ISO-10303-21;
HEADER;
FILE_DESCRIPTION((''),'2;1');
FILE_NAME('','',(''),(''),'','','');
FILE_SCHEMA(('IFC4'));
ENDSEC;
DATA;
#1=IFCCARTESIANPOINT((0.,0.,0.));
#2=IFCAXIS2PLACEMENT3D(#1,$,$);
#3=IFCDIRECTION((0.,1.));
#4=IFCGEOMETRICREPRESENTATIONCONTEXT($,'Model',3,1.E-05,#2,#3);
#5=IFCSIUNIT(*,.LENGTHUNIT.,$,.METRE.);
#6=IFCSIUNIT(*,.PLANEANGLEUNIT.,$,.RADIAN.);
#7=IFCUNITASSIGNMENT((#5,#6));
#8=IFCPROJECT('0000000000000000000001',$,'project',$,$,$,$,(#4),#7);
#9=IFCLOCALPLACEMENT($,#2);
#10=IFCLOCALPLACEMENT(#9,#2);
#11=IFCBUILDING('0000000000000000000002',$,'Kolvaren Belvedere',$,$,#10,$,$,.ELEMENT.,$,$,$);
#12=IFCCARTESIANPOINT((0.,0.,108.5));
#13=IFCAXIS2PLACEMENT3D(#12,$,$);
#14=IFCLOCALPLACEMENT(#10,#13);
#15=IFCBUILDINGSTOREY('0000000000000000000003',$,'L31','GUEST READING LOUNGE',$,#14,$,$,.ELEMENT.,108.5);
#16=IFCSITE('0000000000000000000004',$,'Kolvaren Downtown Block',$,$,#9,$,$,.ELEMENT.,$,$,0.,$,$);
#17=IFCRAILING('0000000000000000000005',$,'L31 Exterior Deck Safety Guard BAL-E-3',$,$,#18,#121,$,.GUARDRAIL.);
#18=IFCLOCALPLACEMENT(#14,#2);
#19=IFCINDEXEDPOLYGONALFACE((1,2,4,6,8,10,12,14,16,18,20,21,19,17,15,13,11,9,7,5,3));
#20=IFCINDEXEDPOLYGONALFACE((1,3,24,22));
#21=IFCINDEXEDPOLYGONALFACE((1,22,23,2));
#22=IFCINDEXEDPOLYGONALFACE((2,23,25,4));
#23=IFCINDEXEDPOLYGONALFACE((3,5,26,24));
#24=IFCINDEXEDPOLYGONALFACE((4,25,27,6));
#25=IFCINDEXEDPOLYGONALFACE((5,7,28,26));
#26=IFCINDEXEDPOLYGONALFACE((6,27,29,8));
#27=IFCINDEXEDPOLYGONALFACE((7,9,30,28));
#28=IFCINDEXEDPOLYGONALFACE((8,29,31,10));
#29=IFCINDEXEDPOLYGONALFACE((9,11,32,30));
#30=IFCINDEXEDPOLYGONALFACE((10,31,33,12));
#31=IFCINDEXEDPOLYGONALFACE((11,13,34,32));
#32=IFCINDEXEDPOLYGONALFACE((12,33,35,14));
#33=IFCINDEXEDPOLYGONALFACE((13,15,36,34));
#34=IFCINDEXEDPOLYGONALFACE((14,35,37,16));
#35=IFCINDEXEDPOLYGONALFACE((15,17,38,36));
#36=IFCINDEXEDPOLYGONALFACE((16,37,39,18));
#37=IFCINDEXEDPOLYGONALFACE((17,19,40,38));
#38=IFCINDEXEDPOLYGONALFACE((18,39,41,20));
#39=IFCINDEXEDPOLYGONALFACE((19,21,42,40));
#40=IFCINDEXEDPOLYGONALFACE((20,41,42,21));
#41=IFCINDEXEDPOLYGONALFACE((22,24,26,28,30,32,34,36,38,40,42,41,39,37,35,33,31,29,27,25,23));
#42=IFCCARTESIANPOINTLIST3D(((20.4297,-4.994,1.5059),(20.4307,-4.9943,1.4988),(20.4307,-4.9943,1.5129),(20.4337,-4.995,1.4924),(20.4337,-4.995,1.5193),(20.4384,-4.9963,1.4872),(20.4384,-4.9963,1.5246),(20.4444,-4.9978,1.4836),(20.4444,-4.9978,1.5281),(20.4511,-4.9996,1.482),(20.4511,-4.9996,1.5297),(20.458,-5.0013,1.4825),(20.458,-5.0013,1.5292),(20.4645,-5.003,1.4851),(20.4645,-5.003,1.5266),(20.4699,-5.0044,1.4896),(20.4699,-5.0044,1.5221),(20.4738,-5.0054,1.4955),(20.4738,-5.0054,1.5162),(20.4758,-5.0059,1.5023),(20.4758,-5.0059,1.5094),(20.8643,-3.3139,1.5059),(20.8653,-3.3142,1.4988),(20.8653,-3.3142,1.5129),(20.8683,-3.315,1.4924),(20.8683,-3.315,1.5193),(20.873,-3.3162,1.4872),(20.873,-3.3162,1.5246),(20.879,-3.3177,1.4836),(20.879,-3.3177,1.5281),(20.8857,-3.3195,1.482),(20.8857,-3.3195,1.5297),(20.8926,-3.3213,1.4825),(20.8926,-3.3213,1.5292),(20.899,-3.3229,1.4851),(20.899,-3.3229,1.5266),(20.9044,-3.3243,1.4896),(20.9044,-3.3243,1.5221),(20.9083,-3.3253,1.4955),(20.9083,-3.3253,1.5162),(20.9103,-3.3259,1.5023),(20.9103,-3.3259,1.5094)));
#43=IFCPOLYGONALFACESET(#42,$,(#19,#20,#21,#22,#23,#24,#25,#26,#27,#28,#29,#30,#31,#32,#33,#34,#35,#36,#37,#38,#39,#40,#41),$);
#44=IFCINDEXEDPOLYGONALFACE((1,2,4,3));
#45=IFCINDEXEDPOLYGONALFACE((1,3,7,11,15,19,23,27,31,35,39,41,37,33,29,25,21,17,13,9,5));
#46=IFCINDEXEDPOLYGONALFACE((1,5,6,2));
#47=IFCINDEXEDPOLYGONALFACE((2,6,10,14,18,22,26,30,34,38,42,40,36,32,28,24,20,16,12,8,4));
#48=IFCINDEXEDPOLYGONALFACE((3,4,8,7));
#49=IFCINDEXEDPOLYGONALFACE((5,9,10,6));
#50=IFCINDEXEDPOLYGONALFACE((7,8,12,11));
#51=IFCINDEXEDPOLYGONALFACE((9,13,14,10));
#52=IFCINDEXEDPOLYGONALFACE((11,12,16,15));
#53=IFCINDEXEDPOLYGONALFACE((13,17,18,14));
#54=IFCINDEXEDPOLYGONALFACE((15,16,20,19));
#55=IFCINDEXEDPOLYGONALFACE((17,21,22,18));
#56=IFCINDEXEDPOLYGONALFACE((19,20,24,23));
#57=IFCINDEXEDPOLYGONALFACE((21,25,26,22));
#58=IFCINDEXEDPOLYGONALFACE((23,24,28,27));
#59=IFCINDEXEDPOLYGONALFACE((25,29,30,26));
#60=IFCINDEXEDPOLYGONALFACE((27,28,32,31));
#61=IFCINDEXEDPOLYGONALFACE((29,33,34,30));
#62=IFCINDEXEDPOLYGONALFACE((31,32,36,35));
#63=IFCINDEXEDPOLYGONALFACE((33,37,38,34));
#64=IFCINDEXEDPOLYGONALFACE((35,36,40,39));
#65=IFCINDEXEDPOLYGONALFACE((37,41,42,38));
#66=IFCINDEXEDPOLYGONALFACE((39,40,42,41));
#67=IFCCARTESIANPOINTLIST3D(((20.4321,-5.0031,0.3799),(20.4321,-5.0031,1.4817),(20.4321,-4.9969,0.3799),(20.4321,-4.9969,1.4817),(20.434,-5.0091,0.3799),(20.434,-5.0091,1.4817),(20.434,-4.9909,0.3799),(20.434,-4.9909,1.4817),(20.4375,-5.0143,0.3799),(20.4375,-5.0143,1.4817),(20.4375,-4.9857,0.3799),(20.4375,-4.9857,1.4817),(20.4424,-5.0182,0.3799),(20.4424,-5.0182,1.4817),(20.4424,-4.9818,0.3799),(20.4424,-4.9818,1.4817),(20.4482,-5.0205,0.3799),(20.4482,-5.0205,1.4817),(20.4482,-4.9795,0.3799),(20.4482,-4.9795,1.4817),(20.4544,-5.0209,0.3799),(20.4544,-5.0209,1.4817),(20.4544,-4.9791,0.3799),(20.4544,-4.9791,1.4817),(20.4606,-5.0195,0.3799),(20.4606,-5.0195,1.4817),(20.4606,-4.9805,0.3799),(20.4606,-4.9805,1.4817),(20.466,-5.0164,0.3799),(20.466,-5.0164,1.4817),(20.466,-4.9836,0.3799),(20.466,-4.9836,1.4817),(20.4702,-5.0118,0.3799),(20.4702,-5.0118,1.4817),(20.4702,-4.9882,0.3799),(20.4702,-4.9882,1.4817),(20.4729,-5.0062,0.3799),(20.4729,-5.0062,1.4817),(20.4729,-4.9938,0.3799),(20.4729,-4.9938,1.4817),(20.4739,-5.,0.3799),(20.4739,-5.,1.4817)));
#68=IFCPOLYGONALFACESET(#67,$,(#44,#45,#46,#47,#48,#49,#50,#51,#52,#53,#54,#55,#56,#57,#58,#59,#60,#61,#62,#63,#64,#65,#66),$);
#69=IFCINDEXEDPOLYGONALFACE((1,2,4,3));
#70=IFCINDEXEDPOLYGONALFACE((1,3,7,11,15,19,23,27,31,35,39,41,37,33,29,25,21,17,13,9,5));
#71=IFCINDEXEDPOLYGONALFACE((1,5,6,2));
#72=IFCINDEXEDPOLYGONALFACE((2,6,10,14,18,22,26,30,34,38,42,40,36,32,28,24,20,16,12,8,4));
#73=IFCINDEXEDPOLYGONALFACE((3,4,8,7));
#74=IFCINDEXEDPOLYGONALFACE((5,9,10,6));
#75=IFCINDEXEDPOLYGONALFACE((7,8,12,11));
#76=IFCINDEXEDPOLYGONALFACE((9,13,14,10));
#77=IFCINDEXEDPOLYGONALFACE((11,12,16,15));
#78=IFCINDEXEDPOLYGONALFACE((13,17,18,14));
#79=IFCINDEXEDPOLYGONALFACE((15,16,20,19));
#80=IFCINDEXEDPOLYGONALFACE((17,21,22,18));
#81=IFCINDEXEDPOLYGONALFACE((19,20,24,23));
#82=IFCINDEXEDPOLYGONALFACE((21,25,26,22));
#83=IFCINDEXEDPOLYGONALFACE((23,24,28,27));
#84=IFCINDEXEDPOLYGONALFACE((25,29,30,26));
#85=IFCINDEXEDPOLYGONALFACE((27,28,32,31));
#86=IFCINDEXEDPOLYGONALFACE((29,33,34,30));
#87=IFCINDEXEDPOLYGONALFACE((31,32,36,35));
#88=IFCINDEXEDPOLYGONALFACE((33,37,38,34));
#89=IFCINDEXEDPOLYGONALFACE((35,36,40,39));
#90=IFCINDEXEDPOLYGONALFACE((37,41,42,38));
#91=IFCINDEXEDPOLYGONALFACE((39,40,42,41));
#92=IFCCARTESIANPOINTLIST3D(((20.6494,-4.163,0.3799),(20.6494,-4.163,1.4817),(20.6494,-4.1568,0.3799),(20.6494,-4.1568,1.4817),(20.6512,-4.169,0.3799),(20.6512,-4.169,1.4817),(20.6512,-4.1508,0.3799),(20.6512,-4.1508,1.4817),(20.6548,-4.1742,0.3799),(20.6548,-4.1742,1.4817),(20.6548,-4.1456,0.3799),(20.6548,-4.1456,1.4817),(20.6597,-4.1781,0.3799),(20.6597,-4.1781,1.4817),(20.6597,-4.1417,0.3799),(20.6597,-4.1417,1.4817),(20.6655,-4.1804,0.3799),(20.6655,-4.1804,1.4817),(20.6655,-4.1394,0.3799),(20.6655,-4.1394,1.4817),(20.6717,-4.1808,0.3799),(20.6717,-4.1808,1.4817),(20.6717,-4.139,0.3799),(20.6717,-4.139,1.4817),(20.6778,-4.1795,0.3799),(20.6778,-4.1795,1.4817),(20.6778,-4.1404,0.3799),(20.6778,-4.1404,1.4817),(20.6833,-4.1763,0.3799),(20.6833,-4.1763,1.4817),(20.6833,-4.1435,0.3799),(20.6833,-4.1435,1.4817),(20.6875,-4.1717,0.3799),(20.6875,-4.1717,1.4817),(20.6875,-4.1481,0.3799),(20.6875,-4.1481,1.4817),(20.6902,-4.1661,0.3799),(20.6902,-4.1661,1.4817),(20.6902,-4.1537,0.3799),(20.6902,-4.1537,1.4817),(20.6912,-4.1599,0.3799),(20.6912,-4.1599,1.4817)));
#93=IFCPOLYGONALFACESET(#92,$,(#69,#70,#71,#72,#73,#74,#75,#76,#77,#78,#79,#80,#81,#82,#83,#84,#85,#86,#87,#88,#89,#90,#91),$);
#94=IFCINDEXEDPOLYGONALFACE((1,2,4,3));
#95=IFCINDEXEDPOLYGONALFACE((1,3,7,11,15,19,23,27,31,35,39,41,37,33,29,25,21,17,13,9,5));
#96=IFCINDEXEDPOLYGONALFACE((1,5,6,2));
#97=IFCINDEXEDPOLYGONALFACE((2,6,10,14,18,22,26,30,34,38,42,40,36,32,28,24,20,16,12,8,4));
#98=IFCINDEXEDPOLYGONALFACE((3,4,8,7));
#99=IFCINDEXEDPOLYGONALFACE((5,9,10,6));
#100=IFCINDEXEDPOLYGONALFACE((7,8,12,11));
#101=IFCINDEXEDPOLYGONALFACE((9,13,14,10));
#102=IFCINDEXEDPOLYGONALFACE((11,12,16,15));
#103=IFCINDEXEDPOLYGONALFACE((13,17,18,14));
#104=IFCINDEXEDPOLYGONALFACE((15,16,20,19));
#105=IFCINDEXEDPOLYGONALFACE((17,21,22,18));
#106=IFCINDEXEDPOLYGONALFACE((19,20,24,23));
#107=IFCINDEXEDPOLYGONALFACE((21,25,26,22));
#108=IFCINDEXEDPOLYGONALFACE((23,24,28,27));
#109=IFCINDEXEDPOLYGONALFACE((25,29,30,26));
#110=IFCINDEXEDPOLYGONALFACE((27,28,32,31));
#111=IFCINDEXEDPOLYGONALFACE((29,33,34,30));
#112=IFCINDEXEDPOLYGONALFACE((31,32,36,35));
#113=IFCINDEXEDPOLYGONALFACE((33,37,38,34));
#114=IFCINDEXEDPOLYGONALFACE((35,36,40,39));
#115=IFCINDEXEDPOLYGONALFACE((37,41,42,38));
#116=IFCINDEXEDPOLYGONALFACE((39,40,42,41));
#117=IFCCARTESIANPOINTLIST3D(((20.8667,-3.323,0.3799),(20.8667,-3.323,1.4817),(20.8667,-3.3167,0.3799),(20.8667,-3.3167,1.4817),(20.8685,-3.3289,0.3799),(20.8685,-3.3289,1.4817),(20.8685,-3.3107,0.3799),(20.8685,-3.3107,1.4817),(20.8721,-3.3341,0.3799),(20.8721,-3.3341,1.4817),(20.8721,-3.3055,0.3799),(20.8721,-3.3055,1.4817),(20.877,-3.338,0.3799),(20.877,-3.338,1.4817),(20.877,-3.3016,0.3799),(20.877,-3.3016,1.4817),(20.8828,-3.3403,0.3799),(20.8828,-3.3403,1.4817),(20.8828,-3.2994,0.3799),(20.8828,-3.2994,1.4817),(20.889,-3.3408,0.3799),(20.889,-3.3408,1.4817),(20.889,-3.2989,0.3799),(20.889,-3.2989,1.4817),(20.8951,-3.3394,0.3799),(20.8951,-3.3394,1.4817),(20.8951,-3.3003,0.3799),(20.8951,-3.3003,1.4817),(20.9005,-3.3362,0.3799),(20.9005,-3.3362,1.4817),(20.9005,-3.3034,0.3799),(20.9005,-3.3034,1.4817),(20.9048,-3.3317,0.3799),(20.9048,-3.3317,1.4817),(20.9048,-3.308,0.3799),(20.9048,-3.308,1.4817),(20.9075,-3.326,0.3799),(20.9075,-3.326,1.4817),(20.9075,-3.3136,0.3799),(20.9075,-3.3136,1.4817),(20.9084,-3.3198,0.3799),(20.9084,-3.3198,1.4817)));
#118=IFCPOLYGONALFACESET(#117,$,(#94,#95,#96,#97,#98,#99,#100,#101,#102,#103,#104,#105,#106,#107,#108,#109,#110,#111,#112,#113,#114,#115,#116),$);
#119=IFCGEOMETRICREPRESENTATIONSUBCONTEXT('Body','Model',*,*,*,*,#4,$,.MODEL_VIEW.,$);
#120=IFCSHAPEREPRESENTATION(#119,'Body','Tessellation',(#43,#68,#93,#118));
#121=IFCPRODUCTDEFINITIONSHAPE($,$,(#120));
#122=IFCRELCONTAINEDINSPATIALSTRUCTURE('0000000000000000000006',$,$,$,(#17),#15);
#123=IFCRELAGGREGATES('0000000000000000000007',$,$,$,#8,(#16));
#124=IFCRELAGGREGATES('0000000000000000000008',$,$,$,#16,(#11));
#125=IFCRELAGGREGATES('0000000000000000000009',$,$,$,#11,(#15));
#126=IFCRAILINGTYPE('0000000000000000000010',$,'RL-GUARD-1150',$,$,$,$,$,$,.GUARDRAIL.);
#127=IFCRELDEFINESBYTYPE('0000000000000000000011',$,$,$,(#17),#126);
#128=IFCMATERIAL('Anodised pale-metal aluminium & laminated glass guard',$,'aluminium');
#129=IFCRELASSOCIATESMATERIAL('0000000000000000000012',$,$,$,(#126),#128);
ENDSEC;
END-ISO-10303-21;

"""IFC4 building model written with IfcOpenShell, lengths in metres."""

from ifc_helpers import new_model, si_unit, direction, frame, origin, origin_2d, place, context, subcontext, project, spatial, circle, extrude, material, type_object, element, save


model = new_model("IFC4")

# Units and contexts
model_context = context("Model", 3, precision=1e-05, world=origin(), true_north=direction((0.0, 1.0)))
body_context = subcontext(model_context, "Body", "Model", "MODEL_VIEW")
ifc_project = project(units=[si_unit("LENGTHUNIT", "METRE"), si_unit("PLANEANGLEUNIT", "RADIAN")], contexts=[model_context])

# Site, building, storey
site_placement = place(None, origin())
site = spatial("IfcSite", under=ifc_project, at=site_placement, Name="Kolvaren Downtown Block", CompositionType="ELEMENT", RefElevation=0.0)
building_placement = place(site_placement, origin())
building = spatial("IfcBuilding", under=site, at=building_placement, Name="Kolvaren Belvedere", CompositionType="ELEMENT")
storey_placement = place(building_placement, frame((0.0, 0.0, 108.5)))
storey = spatial("IfcBuildingStorey", under=building, at=storey_placement, Name="L31", Description="GUEST READING LOUNGE", CompositionType="ELEMENT", Elevation=108.5)

# Railing
ifc_material_1 = material(Name="Anodised pale-metal aluminium & laminated glass guard", Category="aluminium")
railing_type = type_object("IfcRailingType", Name="RL-GUARD-1150", PredefinedType="GUARDRAIL", material=ifc_material_1)
railing_1_placement = place(storey_placement, frame((20.4529, -5.0, 0.3799)))
element("IfcRailing", 1, at=railing_1_placement, inside=storey, type_object=railing_type, Name="L31 Exterior Deck Safety Guard BAL-E-3", PredefinedType="GUARDRAIL", context=body_context, shape_type="SweptSolid", body=[
    extrude(circle(Radius=0.0239, at=origin_2d()), frame((0.0, 0.0, 1.126), z_axis=(0.250406, 0.968141, 0.0), x_axis=(-0.968141, 0.250406, 0.0)), (0.0, 0.0, 1.0), 1.7354),
    extrude(circle(Radius=0.021, at=origin_2d()), origin(), (0.0, 0.0, 1.0), 1.1018),
    extrude(circle(Radius=0.021, at=origin_2d()), frame((0.2173, 0.8401, 0.0)), (0.0, 0.0, 1.0), 1.1018),
    extrude(circle(Radius=0.021, at=origin_2d()), frame((0.4346, 1.6802, 0.0)), (0.0, 0.0, 1.0), 1.1018),
])

save(model, "model.ifc")
